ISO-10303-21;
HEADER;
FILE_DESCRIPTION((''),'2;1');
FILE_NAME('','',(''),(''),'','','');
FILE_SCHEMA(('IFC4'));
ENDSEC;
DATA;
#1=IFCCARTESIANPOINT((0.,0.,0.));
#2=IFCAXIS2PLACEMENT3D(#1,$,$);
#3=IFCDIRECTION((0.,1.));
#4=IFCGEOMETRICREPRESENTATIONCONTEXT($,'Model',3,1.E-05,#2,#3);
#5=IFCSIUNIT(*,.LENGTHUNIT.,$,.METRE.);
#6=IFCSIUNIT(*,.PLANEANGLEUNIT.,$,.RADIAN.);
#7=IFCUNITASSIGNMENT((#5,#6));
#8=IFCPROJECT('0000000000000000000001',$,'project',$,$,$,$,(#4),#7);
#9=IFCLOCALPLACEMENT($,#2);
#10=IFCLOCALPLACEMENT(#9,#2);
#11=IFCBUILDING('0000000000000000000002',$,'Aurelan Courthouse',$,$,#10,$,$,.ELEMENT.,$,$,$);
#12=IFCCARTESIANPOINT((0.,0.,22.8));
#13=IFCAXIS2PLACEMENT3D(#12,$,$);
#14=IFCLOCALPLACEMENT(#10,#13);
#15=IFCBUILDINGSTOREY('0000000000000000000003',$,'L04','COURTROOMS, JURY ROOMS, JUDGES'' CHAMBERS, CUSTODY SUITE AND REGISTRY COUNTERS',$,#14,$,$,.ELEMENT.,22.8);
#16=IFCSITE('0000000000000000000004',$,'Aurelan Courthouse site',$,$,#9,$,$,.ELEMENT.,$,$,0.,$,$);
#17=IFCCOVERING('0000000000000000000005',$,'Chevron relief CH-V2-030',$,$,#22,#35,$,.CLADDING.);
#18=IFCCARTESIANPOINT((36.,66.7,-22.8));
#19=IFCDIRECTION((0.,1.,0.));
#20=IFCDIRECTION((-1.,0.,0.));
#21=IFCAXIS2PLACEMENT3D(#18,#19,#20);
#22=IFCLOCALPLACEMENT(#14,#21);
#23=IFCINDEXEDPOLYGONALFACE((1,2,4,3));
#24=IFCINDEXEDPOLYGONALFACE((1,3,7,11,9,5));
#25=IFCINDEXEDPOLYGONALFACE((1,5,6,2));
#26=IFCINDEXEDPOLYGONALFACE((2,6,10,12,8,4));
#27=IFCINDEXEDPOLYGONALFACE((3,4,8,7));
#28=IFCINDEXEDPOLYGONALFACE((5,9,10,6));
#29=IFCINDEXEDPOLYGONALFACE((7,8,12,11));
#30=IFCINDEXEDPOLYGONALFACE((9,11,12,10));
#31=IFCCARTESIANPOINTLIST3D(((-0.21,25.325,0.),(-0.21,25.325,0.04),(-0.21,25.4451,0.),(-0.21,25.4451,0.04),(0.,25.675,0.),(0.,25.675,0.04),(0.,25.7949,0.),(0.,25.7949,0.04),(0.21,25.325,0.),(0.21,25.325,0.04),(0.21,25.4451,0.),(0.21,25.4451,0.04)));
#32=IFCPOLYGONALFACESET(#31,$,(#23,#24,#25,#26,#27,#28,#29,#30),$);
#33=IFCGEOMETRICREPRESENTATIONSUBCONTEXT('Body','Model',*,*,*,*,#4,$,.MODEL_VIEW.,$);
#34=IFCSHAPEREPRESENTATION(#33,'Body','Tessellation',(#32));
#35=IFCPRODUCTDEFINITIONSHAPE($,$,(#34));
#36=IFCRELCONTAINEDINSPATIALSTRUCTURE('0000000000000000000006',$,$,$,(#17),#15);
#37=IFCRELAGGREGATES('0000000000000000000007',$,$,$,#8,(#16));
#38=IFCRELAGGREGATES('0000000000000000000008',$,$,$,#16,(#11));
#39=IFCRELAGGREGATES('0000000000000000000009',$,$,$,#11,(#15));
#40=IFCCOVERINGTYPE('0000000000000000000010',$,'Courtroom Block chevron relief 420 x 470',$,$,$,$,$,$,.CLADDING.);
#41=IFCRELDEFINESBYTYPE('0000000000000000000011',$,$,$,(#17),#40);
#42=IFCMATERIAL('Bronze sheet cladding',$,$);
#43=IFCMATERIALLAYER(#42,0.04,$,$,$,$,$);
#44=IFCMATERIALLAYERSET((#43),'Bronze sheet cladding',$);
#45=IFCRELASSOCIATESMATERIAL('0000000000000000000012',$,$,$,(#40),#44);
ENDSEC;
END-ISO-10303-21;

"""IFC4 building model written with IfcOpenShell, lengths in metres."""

from ifc_helpers import new_model, si_unit, direction, frame, origin, place, context, subcontext, project, spatial, polyline, outline, extrude, material, layer, layer_set, type_object, element, save


model = new_model("IFC4")

# Units and contexts
model_context = context("Model", 3, precision=1e-05, world=origin(), true_north=direction((0.0, 1.0)))
body_context = subcontext(model_context, "Body", "Model", "MODEL_VIEW")
ifc_project = project(units=[si_unit("LENGTHUNIT", "METRE"), si_unit("PLANEANGLEUNIT", "RADIAN")], contexts=[model_context])

# Site, building, storey
site_placement = place(None, origin())
site = spatial("IfcSite", under=ifc_project, at=site_placement, Name="Aurelan Courthouse site", CompositionType="ELEMENT", RefElevation=0.0)
building_placement = place(site_placement, origin())
building = spatial("IfcBuilding", under=site, at=building_placement, Name="Aurelan Courthouse", CompositionType="ELEMENT")
storey_placement = place(building_placement, frame((0.0, 0.0, 22.8)))
storey = spatial("IfcBuildingStorey", under=building, at=storey_placement, Name="L04", Description="COURTROOMS, JURY ROOMS, JUDGES' CHAMBERS, CUSTODY SUITE AND REGISTRY COUNTERS", CompositionType="ELEMENT", Elevation=22.8)

# Covering
ifc_material_1 = material(Name="Bronze sheet cladding")
ifc_layer_1 = layer(ifc_material_1, 0.04)
ifc_layer_set_1 = layer_set([ifc_layer_1], Name="Bronze sheet cladding")
covering_type_1 = type_object("IfcCoveringType", Name="Courtroom Block chevron relief 420 x 470", PredefinedType="CLADDING", material=ifc_layer_set_1)
covering_1_placement = place(storey_placement, frame((36.0, 66.7, -22.8), z_axis=(0.0, 1.0, 0.0), x_axis=(-1.0, 0.0, 0.0)))
element("IfcCovering", 1, at=covering_1_placement, inside=storey, type_object=covering_type_1, Name="Chevron relief CH-V2-030", PredefinedType="CLADDING", context=body_context, shape_type="SweptSolid", body=[
    extrude(outline(polyline([(-0.21, 25.325), (0.0, 25.675), (0.21, 25.325), (0.21, 25.4451), (0.0, 25.7949), (-0.21, 25.4451), (-0.21, 25.325)])), origin(), (0.0, 0.0, 1.0), 0.04),
])

save(model, "model.ifc")
